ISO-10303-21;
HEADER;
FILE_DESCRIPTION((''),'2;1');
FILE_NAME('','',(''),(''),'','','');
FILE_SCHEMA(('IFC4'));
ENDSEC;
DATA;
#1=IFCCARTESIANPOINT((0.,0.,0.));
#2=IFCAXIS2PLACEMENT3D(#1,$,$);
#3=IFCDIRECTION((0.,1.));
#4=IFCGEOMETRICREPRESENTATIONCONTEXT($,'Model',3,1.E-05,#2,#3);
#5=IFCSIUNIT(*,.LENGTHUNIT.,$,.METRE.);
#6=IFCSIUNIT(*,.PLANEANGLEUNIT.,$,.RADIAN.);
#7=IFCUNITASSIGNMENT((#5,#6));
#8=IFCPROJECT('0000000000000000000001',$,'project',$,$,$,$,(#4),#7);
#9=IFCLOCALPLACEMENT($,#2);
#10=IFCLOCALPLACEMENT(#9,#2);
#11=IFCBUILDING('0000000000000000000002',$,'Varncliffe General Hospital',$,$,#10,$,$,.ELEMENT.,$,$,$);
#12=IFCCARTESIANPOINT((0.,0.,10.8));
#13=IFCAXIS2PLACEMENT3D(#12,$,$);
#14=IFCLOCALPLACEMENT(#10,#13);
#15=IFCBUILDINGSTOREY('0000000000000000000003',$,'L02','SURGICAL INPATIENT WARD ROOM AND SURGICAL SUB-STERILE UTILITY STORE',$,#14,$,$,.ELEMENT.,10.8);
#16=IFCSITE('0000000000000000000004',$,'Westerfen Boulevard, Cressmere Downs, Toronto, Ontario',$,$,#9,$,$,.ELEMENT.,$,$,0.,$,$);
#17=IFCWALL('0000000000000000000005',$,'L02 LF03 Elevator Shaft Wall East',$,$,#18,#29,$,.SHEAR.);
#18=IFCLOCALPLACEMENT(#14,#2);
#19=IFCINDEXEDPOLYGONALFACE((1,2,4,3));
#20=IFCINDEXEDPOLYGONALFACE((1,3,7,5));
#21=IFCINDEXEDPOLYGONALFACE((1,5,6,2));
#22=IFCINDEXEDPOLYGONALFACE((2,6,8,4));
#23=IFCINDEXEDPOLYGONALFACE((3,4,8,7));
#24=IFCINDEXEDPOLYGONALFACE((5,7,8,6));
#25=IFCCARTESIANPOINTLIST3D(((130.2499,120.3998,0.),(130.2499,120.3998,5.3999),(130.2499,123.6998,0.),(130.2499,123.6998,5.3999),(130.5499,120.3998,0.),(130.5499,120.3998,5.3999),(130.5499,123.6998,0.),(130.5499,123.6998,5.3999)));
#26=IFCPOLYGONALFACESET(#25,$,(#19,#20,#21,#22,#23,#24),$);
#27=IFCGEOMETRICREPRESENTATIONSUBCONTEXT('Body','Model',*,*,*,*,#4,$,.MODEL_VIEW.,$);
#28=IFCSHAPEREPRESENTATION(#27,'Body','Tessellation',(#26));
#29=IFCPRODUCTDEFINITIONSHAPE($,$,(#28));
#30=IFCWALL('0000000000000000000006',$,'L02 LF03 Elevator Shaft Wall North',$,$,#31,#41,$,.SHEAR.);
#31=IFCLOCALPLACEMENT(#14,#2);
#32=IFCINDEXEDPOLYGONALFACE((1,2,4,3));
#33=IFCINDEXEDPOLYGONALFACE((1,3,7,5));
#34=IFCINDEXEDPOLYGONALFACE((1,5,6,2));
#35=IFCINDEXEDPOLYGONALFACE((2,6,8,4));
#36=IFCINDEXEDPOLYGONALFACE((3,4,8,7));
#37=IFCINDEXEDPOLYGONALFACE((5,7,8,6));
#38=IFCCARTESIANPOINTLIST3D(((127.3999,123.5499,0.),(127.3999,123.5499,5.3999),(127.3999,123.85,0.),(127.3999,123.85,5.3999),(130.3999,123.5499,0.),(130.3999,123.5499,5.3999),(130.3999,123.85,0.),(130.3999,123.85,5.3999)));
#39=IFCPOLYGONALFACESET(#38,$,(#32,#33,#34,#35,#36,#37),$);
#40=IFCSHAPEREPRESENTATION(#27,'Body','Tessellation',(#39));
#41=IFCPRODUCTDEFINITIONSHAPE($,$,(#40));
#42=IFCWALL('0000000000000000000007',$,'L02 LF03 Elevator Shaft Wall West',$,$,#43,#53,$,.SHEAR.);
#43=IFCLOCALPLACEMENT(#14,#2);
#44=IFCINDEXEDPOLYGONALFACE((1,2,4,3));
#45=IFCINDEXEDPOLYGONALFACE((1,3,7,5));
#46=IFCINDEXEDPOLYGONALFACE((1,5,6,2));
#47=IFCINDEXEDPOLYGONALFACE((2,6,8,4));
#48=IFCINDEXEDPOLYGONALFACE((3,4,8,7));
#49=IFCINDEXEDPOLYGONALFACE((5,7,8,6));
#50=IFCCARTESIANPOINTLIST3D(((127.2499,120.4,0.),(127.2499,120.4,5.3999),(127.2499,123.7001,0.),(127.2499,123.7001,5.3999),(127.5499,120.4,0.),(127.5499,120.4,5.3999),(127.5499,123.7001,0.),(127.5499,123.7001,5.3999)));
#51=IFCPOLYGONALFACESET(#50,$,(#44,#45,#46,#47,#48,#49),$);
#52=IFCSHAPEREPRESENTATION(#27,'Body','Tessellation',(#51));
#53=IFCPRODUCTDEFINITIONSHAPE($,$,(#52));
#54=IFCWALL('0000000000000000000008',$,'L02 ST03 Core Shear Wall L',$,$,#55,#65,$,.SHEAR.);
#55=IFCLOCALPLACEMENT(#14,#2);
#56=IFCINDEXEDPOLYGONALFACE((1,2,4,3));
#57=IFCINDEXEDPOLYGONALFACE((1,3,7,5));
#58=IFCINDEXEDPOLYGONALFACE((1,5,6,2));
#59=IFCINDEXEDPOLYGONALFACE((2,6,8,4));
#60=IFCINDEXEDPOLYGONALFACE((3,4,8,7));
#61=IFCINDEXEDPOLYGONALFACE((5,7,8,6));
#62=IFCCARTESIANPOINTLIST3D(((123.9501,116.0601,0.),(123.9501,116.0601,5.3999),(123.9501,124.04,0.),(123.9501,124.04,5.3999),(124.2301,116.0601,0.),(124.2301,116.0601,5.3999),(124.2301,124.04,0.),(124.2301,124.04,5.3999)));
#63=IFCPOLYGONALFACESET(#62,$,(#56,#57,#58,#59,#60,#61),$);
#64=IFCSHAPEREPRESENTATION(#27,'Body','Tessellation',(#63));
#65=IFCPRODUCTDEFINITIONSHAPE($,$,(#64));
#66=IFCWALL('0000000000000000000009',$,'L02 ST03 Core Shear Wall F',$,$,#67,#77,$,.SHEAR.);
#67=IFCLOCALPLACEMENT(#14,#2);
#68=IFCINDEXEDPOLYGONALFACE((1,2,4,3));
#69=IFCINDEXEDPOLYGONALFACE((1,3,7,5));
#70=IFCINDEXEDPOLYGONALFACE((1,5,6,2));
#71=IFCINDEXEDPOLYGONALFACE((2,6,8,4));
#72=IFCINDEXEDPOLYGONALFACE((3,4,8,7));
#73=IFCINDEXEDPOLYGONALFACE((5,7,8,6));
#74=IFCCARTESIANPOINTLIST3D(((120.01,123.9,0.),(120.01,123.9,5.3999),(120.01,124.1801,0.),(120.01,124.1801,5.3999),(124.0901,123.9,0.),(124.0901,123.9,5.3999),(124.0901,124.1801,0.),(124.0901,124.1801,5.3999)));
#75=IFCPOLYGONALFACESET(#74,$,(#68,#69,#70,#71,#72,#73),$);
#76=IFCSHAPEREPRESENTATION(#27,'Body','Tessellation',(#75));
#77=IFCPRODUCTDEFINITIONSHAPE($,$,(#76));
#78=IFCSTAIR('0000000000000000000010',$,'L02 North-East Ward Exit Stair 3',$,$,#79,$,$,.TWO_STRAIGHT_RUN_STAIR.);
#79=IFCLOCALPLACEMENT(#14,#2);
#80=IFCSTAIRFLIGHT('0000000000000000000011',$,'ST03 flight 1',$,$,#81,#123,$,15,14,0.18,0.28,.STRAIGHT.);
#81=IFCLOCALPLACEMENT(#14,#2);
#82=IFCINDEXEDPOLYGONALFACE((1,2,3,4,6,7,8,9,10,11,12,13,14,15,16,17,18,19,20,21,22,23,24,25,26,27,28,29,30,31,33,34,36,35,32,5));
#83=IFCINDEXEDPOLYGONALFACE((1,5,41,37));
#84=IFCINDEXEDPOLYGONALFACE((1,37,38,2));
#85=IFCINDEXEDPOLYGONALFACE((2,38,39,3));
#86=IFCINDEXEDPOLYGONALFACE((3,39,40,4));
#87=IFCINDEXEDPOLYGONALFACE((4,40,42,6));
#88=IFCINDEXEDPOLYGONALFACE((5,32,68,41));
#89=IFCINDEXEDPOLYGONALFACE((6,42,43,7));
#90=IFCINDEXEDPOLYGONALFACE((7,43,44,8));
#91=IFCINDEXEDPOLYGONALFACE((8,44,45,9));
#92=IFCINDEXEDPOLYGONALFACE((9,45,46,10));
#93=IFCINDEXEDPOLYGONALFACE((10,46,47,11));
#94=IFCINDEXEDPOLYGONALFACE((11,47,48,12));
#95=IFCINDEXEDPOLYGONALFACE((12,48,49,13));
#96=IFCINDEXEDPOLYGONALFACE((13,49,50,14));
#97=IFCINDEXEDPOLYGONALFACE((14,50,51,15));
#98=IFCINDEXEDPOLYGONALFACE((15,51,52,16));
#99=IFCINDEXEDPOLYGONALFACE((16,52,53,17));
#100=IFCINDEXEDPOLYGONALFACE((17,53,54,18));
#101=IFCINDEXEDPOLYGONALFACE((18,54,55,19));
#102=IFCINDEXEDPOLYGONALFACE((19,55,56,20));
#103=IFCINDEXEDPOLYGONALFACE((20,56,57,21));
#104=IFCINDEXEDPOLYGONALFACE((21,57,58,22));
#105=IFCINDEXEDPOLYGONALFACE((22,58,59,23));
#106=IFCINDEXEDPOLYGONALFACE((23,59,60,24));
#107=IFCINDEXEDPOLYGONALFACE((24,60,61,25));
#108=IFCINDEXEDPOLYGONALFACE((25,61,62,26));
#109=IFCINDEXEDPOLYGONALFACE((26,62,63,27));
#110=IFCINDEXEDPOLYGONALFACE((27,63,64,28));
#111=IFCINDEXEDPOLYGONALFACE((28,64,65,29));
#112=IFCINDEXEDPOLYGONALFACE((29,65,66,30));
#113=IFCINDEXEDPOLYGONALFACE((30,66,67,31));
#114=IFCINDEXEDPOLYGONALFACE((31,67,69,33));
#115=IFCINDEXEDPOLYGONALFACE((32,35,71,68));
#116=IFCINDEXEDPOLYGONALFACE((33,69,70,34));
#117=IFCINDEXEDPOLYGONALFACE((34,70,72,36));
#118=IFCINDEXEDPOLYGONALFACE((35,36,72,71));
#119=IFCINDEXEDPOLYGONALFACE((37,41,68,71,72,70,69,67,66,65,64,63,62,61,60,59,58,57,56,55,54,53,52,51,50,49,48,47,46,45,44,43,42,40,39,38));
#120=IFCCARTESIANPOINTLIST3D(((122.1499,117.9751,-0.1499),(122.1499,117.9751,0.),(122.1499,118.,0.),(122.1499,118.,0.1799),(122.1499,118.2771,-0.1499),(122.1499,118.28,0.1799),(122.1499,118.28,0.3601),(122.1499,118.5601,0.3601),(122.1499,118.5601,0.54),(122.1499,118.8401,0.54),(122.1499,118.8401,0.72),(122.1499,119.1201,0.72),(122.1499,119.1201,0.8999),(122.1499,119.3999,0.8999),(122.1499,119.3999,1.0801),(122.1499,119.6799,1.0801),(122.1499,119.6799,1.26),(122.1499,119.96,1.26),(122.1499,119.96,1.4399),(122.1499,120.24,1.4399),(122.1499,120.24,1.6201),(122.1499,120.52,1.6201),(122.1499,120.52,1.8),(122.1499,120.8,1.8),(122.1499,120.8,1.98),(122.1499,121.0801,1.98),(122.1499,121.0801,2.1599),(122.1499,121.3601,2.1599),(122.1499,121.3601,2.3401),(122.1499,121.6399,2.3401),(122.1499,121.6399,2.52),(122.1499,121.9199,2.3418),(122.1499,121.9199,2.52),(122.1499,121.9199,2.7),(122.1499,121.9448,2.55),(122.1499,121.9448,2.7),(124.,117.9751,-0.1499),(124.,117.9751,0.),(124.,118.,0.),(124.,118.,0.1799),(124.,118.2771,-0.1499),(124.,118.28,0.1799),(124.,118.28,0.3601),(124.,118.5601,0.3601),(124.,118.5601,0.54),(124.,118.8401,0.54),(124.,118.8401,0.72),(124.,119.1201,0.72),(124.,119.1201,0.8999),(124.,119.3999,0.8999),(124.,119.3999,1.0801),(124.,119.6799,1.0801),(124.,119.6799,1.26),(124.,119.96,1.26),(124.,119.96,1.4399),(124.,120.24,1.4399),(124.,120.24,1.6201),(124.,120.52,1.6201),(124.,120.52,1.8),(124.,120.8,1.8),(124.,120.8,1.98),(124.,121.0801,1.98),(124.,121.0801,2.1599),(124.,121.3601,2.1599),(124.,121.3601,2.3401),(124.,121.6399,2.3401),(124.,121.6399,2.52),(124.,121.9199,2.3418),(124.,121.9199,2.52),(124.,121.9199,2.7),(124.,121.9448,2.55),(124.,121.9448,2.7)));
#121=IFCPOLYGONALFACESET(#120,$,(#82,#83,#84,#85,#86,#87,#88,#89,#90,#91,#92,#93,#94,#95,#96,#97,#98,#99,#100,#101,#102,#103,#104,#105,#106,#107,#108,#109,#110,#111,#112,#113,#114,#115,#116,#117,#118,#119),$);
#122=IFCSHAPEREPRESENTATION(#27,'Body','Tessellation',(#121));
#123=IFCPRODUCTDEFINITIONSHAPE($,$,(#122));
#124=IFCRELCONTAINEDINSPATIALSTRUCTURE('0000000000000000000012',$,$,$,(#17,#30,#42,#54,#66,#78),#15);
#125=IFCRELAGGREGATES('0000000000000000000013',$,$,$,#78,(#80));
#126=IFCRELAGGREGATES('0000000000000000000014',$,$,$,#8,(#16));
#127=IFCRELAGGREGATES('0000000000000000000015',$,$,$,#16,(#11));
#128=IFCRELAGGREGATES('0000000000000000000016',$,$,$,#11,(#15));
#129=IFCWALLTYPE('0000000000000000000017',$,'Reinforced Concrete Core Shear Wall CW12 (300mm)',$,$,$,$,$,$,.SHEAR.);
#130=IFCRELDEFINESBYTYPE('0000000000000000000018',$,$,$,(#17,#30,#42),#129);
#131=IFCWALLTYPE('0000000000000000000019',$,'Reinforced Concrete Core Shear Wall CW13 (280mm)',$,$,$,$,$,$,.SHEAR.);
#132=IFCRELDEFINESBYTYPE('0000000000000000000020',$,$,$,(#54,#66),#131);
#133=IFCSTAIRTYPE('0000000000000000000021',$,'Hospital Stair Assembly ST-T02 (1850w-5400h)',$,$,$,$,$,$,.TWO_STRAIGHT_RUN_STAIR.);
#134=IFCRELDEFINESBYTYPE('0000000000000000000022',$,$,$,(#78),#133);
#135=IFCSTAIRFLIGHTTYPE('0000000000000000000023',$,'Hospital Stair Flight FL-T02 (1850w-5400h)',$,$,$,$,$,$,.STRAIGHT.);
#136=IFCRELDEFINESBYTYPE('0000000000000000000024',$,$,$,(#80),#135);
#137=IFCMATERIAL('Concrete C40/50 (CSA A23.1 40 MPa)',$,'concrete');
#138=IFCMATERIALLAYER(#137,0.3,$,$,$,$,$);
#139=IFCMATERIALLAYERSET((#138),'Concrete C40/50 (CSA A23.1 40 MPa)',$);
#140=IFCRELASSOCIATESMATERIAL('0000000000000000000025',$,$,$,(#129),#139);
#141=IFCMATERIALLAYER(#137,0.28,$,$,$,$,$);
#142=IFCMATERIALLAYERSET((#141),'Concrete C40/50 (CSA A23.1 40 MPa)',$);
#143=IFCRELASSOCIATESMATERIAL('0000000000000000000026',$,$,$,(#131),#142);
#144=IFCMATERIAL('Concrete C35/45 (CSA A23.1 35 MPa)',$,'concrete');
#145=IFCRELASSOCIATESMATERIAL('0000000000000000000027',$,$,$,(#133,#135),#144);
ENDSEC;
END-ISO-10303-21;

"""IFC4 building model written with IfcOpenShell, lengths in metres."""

from ifc_helpers import new_model, si_unit, direction, frame, frame_2d, origin, place, context, subcontext, project, spatial, polyline, rectangle, outline, extrude, material, layer, layer_set, type_object, element, aggregate, save


model = new_model("IFC4")

# Units and contexts
model_context = context("Model", 3, precision=1e-05, world=origin(), true_north=direction((0.0, 1.0)))
body_context = subcontext(model_context, "Body", "Model", "MODEL_VIEW")
ifc_project = project(units=[si_unit("LENGTHUNIT", "METRE"), si_unit("PLANEANGLEUNIT", "RADIAN")], contexts=[model_context])

# Site, building, storey
site_placement = place(None, origin())
site = spatial("IfcSite", under=ifc_project, at=site_placement, Name="Westerfen Boulevard, Cressmere Downs, Toronto, Ontario", CompositionType="ELEMENT", RefElevation=0.0)
building_placement = place(site_placement, origin())
building = spatial("IfcBuilding", under=site, at=building_placement, Name="Varncliffe General Hospital", CompositionType="ELEMENT")
storey_placement = place(building_placement, frame((0.0, 0.0, 10.8)))
storey = spatial("IfcBuildingStorey", under=building, at=storey_placement, Name="L02", Description="SURGICAL INPATIENT WARD ROOM AND SURGICAL SUB-STERILE UTILITY STORE", CompositionType="ELEMENT", Elevation=10.8)

# Shared definitions
ifc_material_1 = material(Name="Concrete C40/50 (CSA A23.1 40 MPa)", Category="concrete")

# Shared definitions
ifc_material_2 = material(Name="Concrete C35/45 (CSA A23.1 35 MPa)", Category="concrete")

# Shared definitions
ifc_layer_1 = layer(ifc_material_1, 0.3)
ifc_layer_set_1 = layer_set([ifc_layer_1], Name="Concrete C40/50 (CSA A23.1 40 MPa)")
wall_type_1 = type_object("IfcWallType", Name="Reinforced Concrete Core Shear Wall CW12 (300mm)", PredefinedType="SHEAR", material=ifc_layer_set_1)

# Walls
wall_1_placement = place(storey_placement, frame((130.3999, 120.3999, 0.0), z_axis=(0.0, 0.0, 1.0), x_axis=(0.0, 1.0, 0.0)))
element("IfcWall", 1, at=wall_1_placement, inside=storey, type_object=wall_type_1, Name="L02 LF03 Elevator Shaft Wall East", PredefinedType="SHEAR", context=body_context, shape_type="SweptSolid", body=[
    extrude(rectangle(XDim=3.3, YDim=0.3, at=frame_2d((1.6499, 0.0))), origin(), (0.0, 0.0, 1.0), 5.3999),
])
wall_2_placement = place(storey_placement, frame((130.3999, 123.7, 0.0), z_axis=(0.0, 0.0, 1.0), x_axis=(-1.0, 0.0, 0.0)))
element("IfcWall", 2, at=wall_2_placement, inside=storey, type_object=wall_type_1, Name="L02 LF03 Elevator Shaft Wall North", PredefinedType="SHEAR", context=body_context, shape_type="SweptSolid", body=[
    extrude(rectangle(XDim=3.0, YDim=0.3, at=frame_2d((1.5, 0.0))), origin(), (0.0, 0.0, 1.0), 5.3999),
])
wall_3_placement = place(storey_placement, frame((127.3999, 123.7, 0.0), z_axis=(0.0, 0.0, 1.0), x_axis=(0.0, -1.0, 0.0)))
element("IfcWall", 3, at=wall_3_placement, inside=storey, type_object=wall_type_1, Name="L02 LF03 Elevator Shaft Wall West", PredefinedType="SHEAR", context=body_context, shape_type="SweptSolid", body=[
    extrude(rectangle(XDim=3.3, YDim=0.3, at=frame_2d((1.6499, 0.0))), origin(), (0.0, 0.0, 1.0), 5.3999),
])
ifc_layer_2 = layer(ifc_material_1, 0.28)
ifc_layer_set_2 = layer_set([ifc_layer_2], Name="Concrete C40/50 (CSA A23.1 40 MPa)")
wall_type_2 = type_object("IfcWallType", Name="Reinforced Concrete Core Shear Wall CW13 (280mm)", PredefinedType="SHEAR", material=ifc_layer_set_2)
wall_4_placement = place(storey_placement, frame((124.0901, 116.0601, 0.0), z_axis=(0.0, 0.0, 1.0), x_axis=(0.0, 1.0, 0.0)))
element("IfcWall", 4, at=wall_4_placement, inside=storey, type_object=wall_type_2, Name="L02 ST03 Core Shear Wall L", PredefinedType="SHEAR", context=body_context, shape_type="SweptSolid", body=[
    extrude(rectangle(XDim=7.98, YDim=0.28, at=frame_2d((3.99, 0.0))), origin(), (0.0, 0.0, 1.0), 5.3999),
])
wall_5_placement = place(storey_placement, frame((124.0901, 124.04, 0.0), z_axis=(0.0, 0.0, 1.0), x_axis=(-1.0, 0.0, 0.0)))
element("IfcWall", 5, at=wall_5_placement, inside=storey, type_object=wall_type_2, Name="L02 ST03 Core Shear Wall F", PredefinedType="SHEAR", context=body_context, shape_type="SweptSolid", body=[
    extrude(rectangle(XDim=4.0801, YDim=0.28, at=frame_2d((2.04, 0.0))), origin(), (0.0, 0.0, 1.0), 5.3999),
])

# Stair, stair flight
stair_type = type_object("IfcStairType", Name="Hospital Stair Assembly ST-T02 (1850w-5400h)", PredefinedType="TWO_STRAIGHT_RUN_STAIR", material=ifc_material_2)
stair_placement = place(storey_placement, origin())
stair = element("IfcStair", 6, at=stair_placement, inside=storey, type_object=stair_type, Name="L02 North-East Ward Exit Stair 3", PredefinedType="TWO_STRAIGHT_RUN_STAIR")
stair_flight_type = type_object("IfcStairFlightType", Name="Hospital Stair Flight FL-T02 (1850w-5400h)", PredefinedType="STRAIGHT", material=ifc_material_2)
stair_flight_placement = place(storey_placement, frame((123.075, 118.0, 0.0), z_axis=(0.0, 0.0, 1.0), x_axis=(0.0, 1.0, 0.0)))
stair_flight = element("IfcStairFlight", 7, at=stair_flight_placement, type_object=stair_flight_type, Name="ST03 flight 1", NumberOfRisers=15, NumberOfTreads=14, PredefinedType="STRAIGHT", RiserHeight=0.18, TreadLength=0.28, context=body_context, shape_type="SweptSolid", body=[
    extrude(outline(polyline([(-0.0249, -0.1499), (-0.0249, 0.0), (0.0, 0.0), (0.0, 0.1799), (0.28, 0.1799), (0.28, 0.3601), (0.5601, 0.3601), (0.5601, 0.54), (0.8401, 0.54), (0.8401, 0.72), (1.1201, 0.72), (1.1201, 0.8999), (1.3999, 0.8999), (1.3999, 1.0801), (1.6799, 1.0801), (1.6799, 1.26), (1.96, 1.26), (1.96, 1.4399), (2.24, 1.4399), (2.24, 1.6201), (2.52, 1.6201), (2.52, 1.8), (2.8, 1.8), (2.8, 1.98), (3.0801, 1.98), (3.0801, 2.1599), (3.3601, 2.1599), (3.3601, 2.3401), (3.6399, 2.3401), (3.6399, 2.52), (3.9199, 2.52), (3.9199, 2.7), (3.9448, 2.7), (3.9448, 2.55), (3.9199, 2.3418), (0.2771, -0.1499), (-0.0249, -0.1499)])), frame((0.0, 0.925, 0.0), z_axis=(0.0, -1.0, 0.0), x_axis=(1.0, 0.0, 0.0)), (0.0, 0.0, 1.0), 1.8501),
])
aggregate(stair, [stair_flight])

save(model, "model.ifc")
